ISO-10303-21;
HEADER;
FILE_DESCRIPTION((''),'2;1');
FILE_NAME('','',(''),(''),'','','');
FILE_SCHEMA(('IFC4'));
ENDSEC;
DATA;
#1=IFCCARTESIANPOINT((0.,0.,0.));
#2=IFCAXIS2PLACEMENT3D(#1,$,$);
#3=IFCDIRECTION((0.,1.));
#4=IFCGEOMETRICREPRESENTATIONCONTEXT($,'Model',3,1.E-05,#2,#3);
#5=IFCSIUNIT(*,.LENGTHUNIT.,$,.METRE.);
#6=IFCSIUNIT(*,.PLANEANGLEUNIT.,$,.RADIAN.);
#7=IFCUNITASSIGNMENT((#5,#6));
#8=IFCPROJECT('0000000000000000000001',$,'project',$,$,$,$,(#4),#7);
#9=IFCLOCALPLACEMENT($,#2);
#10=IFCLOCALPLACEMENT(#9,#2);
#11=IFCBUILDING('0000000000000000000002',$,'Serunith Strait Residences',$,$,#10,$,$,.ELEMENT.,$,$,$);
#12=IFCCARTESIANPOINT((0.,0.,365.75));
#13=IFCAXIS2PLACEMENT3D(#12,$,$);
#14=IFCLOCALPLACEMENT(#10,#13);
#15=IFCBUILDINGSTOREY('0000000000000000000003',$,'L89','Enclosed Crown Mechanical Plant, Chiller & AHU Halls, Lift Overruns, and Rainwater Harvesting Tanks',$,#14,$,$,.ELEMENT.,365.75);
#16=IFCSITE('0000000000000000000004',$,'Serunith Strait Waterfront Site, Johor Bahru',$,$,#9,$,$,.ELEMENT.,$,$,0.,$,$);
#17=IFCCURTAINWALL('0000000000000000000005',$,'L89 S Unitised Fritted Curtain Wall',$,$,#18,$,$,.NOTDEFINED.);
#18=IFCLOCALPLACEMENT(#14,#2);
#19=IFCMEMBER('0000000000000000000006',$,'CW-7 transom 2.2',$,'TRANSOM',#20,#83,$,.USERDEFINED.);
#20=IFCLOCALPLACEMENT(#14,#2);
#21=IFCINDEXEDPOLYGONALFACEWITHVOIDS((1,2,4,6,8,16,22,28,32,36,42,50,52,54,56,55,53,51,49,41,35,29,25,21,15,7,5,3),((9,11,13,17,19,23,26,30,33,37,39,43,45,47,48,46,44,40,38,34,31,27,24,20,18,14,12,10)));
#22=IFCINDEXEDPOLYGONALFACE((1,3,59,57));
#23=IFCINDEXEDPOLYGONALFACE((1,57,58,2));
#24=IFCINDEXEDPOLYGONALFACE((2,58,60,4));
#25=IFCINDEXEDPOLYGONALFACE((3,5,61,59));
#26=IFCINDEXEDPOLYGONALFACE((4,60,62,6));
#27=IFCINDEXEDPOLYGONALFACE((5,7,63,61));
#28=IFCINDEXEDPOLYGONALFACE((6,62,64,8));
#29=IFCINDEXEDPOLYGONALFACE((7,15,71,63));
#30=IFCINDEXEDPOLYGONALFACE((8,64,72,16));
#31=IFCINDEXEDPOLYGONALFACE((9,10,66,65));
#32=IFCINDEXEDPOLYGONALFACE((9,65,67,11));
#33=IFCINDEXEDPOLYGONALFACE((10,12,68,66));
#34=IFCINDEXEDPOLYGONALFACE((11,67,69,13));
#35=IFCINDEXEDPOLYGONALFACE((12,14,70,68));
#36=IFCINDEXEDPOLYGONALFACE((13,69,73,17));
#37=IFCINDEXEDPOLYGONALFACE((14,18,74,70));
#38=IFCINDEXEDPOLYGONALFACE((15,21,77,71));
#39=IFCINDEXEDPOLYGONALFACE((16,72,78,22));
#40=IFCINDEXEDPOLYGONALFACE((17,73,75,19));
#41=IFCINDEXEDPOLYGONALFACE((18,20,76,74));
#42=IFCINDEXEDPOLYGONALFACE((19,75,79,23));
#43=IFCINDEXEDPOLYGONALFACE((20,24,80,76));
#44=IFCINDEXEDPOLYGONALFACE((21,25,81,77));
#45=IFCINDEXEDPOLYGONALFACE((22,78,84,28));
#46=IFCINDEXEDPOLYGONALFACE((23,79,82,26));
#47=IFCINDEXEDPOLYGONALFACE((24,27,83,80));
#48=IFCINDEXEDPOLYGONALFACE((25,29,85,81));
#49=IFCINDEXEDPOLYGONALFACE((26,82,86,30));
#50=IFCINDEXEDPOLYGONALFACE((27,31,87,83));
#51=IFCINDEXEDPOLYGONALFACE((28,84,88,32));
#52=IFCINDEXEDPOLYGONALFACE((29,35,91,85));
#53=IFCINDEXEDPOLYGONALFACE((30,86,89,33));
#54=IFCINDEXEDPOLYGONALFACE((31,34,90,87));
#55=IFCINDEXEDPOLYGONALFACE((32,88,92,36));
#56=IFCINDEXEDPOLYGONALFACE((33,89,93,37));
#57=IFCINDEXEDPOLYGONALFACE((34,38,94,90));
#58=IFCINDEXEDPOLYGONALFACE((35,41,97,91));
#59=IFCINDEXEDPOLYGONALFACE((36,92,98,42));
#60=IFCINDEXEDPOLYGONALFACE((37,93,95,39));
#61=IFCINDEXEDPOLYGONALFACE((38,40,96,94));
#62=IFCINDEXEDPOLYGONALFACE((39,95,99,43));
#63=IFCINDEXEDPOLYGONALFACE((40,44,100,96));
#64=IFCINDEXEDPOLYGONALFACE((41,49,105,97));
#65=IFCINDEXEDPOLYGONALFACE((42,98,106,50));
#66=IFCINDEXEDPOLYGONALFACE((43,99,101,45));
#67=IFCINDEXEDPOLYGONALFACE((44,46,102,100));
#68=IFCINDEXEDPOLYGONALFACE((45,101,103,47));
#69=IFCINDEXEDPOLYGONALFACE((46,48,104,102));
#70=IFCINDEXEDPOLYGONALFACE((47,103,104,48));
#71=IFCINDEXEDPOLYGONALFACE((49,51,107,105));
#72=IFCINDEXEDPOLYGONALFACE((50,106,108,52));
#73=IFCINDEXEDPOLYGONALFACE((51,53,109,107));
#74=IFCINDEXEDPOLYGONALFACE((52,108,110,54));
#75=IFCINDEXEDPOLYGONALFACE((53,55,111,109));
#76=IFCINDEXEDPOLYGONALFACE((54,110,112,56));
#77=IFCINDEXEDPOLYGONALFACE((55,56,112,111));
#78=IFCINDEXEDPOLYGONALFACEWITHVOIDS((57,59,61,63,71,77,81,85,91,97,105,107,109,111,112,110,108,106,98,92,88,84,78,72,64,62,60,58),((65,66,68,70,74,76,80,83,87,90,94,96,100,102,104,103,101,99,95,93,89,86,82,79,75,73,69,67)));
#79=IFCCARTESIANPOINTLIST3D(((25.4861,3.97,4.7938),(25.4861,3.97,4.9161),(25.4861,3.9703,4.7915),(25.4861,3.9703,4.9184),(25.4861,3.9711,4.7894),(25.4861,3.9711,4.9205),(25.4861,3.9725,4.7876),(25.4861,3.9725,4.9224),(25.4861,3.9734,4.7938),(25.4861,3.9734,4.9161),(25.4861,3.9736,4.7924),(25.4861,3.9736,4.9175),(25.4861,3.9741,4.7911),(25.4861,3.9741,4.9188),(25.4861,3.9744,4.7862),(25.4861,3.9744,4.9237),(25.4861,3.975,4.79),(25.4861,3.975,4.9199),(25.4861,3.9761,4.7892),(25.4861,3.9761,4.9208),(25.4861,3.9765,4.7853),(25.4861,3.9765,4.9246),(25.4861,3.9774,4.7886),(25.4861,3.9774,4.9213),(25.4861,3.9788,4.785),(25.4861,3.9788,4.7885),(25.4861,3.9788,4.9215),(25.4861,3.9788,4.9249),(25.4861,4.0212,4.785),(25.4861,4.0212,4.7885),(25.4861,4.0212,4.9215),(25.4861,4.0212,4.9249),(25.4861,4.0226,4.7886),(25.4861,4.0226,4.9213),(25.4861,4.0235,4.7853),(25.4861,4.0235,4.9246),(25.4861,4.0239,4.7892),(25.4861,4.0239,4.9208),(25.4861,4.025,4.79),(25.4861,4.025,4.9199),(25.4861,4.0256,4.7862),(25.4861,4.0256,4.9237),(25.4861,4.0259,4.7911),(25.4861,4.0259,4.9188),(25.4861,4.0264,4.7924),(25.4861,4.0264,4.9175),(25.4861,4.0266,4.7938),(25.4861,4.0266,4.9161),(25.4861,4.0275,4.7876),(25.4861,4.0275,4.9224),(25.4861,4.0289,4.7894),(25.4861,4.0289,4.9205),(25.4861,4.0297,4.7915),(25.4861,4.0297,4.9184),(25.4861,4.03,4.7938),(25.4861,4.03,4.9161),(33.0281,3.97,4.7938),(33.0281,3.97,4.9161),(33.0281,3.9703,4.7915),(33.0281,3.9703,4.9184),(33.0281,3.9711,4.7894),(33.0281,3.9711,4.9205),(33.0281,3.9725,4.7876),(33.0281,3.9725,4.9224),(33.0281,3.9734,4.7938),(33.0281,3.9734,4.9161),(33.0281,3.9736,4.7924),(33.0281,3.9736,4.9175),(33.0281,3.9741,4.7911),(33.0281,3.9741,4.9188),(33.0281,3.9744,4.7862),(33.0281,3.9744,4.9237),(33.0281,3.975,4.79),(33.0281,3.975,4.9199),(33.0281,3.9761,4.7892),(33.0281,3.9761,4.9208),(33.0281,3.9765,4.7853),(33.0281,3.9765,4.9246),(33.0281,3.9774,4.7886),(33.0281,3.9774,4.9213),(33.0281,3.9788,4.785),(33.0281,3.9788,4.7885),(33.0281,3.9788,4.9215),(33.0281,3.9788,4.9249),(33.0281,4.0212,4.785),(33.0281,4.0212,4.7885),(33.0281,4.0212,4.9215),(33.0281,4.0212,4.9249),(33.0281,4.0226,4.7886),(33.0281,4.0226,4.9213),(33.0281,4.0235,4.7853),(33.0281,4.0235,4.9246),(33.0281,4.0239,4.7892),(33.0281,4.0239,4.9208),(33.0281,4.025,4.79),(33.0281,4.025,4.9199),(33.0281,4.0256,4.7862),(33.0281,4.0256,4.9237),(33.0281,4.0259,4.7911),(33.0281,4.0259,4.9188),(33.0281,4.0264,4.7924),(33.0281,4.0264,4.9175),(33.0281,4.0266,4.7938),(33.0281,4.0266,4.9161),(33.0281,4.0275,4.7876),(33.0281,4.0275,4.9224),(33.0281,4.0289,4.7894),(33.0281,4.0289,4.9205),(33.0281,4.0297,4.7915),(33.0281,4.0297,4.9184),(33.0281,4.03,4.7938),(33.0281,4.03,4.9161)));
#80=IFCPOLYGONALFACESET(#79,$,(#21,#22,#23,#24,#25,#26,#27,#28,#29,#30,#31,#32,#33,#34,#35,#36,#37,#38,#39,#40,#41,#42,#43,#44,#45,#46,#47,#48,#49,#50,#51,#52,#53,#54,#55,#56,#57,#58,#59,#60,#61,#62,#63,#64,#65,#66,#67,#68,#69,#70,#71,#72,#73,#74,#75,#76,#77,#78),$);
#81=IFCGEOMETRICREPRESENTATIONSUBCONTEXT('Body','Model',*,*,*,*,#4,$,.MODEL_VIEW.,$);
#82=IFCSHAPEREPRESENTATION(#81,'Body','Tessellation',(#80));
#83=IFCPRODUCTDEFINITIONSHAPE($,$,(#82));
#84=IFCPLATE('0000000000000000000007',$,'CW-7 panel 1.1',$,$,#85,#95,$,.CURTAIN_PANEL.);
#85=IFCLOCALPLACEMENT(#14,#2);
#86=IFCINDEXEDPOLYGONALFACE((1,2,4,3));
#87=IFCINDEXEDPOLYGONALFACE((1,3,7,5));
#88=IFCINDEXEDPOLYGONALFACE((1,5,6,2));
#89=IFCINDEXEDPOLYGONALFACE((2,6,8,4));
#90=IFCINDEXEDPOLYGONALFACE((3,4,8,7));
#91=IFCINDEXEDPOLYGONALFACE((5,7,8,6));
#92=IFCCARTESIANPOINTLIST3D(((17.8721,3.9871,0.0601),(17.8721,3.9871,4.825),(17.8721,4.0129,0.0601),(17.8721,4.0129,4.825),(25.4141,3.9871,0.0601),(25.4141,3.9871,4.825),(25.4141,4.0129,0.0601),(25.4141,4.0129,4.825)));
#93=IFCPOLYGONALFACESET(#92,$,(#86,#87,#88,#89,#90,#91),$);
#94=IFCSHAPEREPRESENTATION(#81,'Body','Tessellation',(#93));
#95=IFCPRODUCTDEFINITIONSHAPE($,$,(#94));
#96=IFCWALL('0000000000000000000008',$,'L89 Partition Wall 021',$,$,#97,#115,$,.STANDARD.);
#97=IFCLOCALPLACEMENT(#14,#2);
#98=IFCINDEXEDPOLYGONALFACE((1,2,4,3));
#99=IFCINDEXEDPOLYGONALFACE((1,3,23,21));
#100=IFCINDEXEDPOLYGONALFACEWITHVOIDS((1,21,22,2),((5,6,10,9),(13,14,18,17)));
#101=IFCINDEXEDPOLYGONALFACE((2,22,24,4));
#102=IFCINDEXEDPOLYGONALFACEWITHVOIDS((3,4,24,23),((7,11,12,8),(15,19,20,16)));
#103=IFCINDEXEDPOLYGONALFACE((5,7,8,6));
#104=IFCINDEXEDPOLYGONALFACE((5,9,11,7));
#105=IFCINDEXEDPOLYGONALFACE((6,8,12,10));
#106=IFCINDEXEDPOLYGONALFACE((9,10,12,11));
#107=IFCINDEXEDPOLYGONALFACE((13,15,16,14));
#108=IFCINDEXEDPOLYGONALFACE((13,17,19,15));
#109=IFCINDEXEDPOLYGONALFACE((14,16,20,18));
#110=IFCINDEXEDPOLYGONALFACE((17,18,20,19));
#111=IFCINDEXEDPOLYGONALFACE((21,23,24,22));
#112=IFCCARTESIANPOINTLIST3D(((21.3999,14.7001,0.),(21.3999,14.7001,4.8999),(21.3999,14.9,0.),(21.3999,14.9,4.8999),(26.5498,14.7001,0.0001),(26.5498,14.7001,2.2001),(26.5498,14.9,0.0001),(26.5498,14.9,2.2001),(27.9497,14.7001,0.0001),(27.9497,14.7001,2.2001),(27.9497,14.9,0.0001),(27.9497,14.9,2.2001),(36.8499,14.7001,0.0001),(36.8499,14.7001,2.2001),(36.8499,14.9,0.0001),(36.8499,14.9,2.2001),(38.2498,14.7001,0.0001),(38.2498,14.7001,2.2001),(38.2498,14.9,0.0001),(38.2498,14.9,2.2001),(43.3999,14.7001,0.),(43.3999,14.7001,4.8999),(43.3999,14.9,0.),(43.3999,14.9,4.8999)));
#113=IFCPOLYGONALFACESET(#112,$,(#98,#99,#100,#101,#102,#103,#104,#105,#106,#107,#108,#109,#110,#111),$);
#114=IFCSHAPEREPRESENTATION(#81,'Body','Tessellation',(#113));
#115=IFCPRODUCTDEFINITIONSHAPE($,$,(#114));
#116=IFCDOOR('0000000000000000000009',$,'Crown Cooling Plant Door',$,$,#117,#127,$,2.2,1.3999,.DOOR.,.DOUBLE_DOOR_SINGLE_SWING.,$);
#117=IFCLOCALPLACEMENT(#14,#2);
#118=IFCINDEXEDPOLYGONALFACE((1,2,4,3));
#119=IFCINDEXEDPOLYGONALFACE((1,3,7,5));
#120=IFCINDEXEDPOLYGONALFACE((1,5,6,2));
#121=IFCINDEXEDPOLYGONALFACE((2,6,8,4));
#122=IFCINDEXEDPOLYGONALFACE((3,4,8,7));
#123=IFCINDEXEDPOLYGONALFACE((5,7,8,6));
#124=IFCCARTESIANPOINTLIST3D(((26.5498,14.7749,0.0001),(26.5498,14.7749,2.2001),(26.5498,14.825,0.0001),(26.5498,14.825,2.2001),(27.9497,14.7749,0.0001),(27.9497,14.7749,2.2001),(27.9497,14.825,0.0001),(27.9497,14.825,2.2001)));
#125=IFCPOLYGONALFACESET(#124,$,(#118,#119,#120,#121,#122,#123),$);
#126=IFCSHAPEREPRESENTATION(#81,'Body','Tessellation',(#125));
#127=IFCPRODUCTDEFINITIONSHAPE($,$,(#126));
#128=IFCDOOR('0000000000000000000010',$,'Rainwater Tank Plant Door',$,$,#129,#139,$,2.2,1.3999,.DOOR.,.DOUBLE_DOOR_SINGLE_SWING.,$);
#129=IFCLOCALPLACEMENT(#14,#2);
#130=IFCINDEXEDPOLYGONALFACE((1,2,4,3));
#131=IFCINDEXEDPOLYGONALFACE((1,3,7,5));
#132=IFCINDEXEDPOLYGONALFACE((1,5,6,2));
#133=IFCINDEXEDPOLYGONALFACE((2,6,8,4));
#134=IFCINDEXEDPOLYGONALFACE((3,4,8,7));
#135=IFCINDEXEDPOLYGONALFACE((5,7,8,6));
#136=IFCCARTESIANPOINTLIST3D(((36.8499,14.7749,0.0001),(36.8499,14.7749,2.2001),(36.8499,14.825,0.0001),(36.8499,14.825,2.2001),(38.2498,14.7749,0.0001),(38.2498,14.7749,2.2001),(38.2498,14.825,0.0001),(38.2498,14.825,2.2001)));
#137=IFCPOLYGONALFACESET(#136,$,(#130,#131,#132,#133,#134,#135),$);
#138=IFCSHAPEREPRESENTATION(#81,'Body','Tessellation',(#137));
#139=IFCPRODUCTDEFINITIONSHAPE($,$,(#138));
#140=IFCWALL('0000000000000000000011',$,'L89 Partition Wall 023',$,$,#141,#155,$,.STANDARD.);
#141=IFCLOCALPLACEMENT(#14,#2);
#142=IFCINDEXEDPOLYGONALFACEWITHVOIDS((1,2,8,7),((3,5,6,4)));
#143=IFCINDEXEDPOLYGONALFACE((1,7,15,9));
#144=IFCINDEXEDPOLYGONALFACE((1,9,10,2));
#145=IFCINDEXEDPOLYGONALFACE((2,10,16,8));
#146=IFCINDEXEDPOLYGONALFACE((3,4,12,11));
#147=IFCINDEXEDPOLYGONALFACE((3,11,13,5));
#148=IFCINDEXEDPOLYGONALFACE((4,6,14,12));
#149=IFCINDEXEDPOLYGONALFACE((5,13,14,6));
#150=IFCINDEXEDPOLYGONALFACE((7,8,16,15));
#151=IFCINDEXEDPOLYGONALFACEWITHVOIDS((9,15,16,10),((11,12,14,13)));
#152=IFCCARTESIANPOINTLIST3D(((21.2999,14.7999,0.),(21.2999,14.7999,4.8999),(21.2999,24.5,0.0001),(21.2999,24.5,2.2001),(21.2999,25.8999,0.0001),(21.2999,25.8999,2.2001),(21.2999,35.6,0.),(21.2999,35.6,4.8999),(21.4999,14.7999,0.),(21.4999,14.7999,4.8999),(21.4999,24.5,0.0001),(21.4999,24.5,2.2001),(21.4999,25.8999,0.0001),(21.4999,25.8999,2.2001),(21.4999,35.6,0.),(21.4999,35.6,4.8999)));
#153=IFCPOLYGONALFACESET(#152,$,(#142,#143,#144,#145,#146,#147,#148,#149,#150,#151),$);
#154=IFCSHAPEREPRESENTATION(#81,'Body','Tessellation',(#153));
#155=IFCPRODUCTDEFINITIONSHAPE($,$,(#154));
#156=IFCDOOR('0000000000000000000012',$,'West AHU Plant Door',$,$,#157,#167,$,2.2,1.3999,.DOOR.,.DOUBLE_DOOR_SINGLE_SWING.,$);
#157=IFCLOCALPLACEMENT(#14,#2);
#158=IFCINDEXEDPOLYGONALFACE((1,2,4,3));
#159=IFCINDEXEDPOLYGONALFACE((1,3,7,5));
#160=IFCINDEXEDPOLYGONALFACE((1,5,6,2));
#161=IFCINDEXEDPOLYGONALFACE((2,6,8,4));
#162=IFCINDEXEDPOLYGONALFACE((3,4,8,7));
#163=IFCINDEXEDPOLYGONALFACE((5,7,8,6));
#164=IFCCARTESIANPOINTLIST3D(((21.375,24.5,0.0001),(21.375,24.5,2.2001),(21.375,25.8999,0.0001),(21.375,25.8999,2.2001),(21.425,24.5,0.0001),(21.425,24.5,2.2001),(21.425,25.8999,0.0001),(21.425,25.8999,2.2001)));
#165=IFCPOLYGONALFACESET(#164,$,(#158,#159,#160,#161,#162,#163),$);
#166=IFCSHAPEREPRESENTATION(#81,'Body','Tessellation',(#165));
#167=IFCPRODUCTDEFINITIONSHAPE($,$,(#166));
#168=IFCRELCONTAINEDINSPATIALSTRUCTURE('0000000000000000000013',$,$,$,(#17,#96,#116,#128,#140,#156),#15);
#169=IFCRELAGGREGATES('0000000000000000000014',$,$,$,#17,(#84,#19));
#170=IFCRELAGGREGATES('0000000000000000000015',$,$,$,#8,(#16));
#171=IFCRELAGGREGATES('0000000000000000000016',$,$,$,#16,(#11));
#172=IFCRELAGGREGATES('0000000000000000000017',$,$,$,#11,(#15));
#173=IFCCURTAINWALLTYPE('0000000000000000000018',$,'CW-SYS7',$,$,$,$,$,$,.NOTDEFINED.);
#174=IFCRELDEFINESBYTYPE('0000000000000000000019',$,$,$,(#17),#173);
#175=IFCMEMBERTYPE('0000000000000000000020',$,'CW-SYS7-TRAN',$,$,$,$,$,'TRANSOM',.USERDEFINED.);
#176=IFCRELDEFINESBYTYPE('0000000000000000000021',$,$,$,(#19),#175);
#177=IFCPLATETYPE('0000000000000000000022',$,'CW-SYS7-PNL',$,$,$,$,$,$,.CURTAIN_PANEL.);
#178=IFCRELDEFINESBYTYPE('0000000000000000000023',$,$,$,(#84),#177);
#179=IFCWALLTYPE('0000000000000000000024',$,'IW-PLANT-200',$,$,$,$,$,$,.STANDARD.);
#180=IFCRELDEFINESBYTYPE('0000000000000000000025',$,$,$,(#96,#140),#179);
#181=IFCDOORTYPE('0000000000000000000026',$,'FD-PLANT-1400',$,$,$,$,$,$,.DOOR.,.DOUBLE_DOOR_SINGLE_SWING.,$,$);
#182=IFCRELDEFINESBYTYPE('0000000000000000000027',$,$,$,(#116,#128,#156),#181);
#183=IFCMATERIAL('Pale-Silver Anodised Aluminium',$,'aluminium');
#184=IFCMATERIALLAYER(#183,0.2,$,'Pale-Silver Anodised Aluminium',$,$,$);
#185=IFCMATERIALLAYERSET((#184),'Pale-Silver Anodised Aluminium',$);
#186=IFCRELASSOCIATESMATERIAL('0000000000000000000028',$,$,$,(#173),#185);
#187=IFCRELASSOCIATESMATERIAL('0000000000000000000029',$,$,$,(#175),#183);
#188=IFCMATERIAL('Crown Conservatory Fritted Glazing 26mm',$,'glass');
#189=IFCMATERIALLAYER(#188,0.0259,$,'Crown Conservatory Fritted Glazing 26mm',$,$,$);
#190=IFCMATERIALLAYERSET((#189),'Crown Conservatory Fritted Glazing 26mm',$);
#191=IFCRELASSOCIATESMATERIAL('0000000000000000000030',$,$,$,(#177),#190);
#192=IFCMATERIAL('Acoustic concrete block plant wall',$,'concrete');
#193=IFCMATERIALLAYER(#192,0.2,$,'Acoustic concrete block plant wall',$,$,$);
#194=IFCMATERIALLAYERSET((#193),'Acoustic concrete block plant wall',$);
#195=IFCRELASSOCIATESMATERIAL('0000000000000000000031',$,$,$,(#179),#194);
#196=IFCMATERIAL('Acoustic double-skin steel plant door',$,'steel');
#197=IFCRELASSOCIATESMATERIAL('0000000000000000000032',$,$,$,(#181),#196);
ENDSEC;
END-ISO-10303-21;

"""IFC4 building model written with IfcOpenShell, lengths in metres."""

from ifc_helpers import new_model, si_unit, direction, frame, frame_2d, origin, origin_2d, place, context, subcontext, project, spatial, rectangle, hollow_rectangle, extrude, source, transform, mapped, material, layer, layer_set, material_profile, profile_set, type_object, element, fill, aggregate, save


model = new_model("IFC4")

# Units and contexts
model_context = context("Model", 3, precision=1e-05, world=origin(), true_north=direction((0.0, 1.0)))
body_context = subcontext(model_context, "Body", "Model", "MODEL_VIEW")
ifc_project = project(units=[si_unit("LENGTHUNIT", "METRE"), si_unit("PLANEANGLEUNIT", "RADIAN")], contexts=[model_context])

# Site, building, storey
site_placement = place(None, origin())
site = spatial("IfcSite", under=ifc_project, at=site_placement, Name="Serunith Strait Waterfront Site, Johor Bahru", CompositionType="ELEMENT", RefElevation=0.0)
building_placement = place(site_placement, origin())
building = spatial("IfcBuilding", under=site, at=building_placement, Name="Serunith Strait Residences", CompositionType="ELEMENT")
storey_placement = place(building_placement, frame((0.0, 0.0, 365.75)))
storey = spatial("IfcBuildingStorey", under=building, at=storey_placement, Name="L89", Description="Enclosed Crown Mechanical Plant, Chiller & AHU Halls, Lift Overruns, and Rainwater Harvesting Tanks", CompositionType="ELEMENT", Elevation=365.75)

# Curtain wall, member, plate
ifc_material_1 = material(Name="Pale-Silver Anodised Aluminium", Category="aluminium")
ifc_layer_1 = layer(ifc_material_1, 0.2, Name="Pale-Silver Anodised Aluminium")
ifc_layer_set_1 = layer_set([ifc_layer_1], Name="Pale-Silver Anodised Aluminium")
curtain_wall_type = type_object("IfcCurtainWallType", Name="CW-SYS7", PredefinedType="NOTDEFINED", material=ifc_layer_set_1)
curtain_wall_placement = place(storey_placement, origin())
curtain_wall = element("IfcCurtainWall", 1, at=curtain_wall_placement, inside=storey, type_object=curtain_wall_type, Name="L89 S Unitised Fritted Curtain Wall", PredefinedType="NOTDEFINED")
ifc_material_profile_1 = material_profile(ifc_material_1, hollow_rectangle(XDim=0.0601, YDim=0.1399, WallThickness=0.0034, InnerFilletRadius=0.0054, OuterFilletRadius=0.0088, at=origin_2d()), Name="ALU 140x60x3.5")
ifc_profile_set_1 = profile_set([ifc_material_profile_1], Name="Pale-Silver Anodised Aluminium")
member_type_1 = type_object("IfcMemberType", Name="CW-SYS7-TRAN", ElementType="TRANSOM", PredefinedType="USERDEFINED", material=ifc_profile_set_1)
shared_shape_1 = source(origin(), body_context, "Body", "SweptSolid", [
    extrude(hollow_rectangle(XDim=0.0601, YDim=0.1399, WallThickness=0.0034, InnerFilletRadius=0.0054, OuterFilletRadius=0.0088, at=origin_2d()), origin(), (0.0, 0.0, 1.0), 7.542),
])
member_1_placement = place(storey_placement, frame((25.4861, 4.0, 4.855), z_axis=(1.0, 0.0, 0.0), x_axis=(0.0, 1.0, 0.0)))
member_1 = element("IfcMember", 2, at=member_1_placement, type_object=member_type_1, Name="CW-7 transom 2.2", ObjectType="TRANSOM", PredefinedType="USERDEFINED", context=body_context, shape_type="MappedRepresentation", body=[
    mapped(shared_shape_1, transform((0.0, 0.0, 0.0), scale=1.0)),
])
ifc_material_2 = material(Name="Crown Conservatory Fritted Glazing 26mm", Category="glass")
ifc_layer_2 = layer(ifc_material_2, 0.0259, Name="Crown Conservatory Fritted Glazing 26mm")
ifc_layer_set_2 = layer_set([ifc_layer_2], Name="Crown Conservatory Fritted Glazing 26mm")
plate_type = type_object("IfcPlateType", Name="CW-SYS7-PNL", PredefinedType="CURTAIN_PANEL", material=ifc_layer_set_2)
shared_shape_2 = source(origin(), body_context, "Body", "SweptSolid", [
    extrude(rectangle(XDim=7.542, YDim=0.0259, at=origin_2d()), origin(), (0.0, 0.0, 1.0), 4.7649),
])
plate_placement = place(storey_placement, frame((21.6431, 4.0, 0.0601), z_axis=(0.0, 0.0, 1.0), x_axis=(1.0, 0.0, 0.0)))
plate = element("IfcPlate", 3, at=plate_placement, type_object=plate_type, Name="CW-7 panel 1.1", PredefinedType="CURTAIN_PANEL", context=body_context, shape_type="MappedRepresentation", body=[
    mapped(shared_shape_2, transform((0.0, 0.0, 0.0), scale=1.0)),
])
aggregate(curtain_wall, [plate, member_1])

# Wall, openings, doors
ifc_material_3 = material(Name="Acoustic concrete block plant wall", Category="concrete")
ifc_layer_3 = layer(ifc_material_3, 0.2, Name="Acoustic concrete block plant wall")
ifc_layer_set_3 = layer_set([ifc_layer_3], Name="Acoustic concrete block plant wall")
wall_type = type_object("IfcWallType", Name="IW-PLANT-200", PredefinedType="STANDARD", material=ifc_layer_set_3)
wall_1_placement = place(storey_placement, frame((21.3999, 14.8, 0.0), z_axis=(0.0, 0.0, 1.0), x_axis=(1.0, 0.0, 0.0)))
wall_1 = element("IfcWall", 4, at=wall_1_placement, inside=storey, type_object=wall_type, Name="L89 Partition Wall 021", PredefinedType="STANDARD", context=body_context, shape_type="SweptSolid", body=[
    extrude(rectangle(XDim=22.0, YDim=0.2, at=frame_2d((11.0, 0.0))), origin(), (0.0, 0.0, 1.0), 4.8999),
])
opening_1_placement = place(wall_1_placement, frame((5.1499, 0.0, 0.0)))
opening_1 = element("IfcOpeningElement", 5, at=opening_1_placement, cuts=wall_1, PredefinedType="OPENING", context=body_context, shape_type="SweptSolid", body=[
    extrude(rectangle(XDim=1.3999, YDim=2.2, at=frame_2d((0.7, 1.1001))), frame((0.0, 0.1099, 0.0), z_axis=(0.0, -1.0, 0.0), x_axis=(1.0, 0.0, 0.0)), (0.0, 0.0, 1.0), 0.22),
])
opening_2_placement = place(wall_1_placement, frame((15.45, 0.0, 0.0)))
opening_2 = element("IfcOpeningElement", 6, at=opening_2_placement, cuts=wall_1, PredefinedType="OPENING", context=body_context, shape_type="SweptSolid", body=[
    extrude(rectangle(XDim=1.3999, YDim=2.2, at=frame_2d((0.7, 1.1001))), frame((0.0, 0.1099, 0.0), z_axis=(0.0, -1.0, 0.0), x_axis=(1.0, 0.0, 0.0)), (0.0, 0.0, 1.0), 0.22),
])
ifc_material_4 = material(Name="Acoustic double-skin steel plant door", Category="steel")
door_type = type_object("IfcDoorType", Name="FD-PLANT-1400", OperationType="DOUBLE_DOOR_SINGLE_SWING", PredefinedType="DOOR", material=ifc_material_4)
shared_shape_3 = source(origin(), body_context, "Body", "SweptSolid", [
    extrude(rectangle(XDim=1.3999, YDim=2.2, at=frame_2d((0.7, 1.1001))), frame((0.0, 0.0249, 0.0), z_axis=(0.0, -1.0, 0.0), x_axis=(1.0, 0.0, 0.0)), (0.0, 0.0, 1.0), 0.05),
])
door_1_placement = place(opening_1_placement, origin())
door_1 = element("IfcDoor", 7, at=door_1_placement, inside=storey, type_object=door_type, Name="Crown Cooling Plant Door", OperationType="DOUBLE_DOOR_SINGLE_SWING", OverallHeight=2.2, OverallWidth=1.3999, PredefinedType="DOOR", context=body_context, shape_type="MappedRepresentation", body=[
    mapped(shared_shape_3, transform((0.0, 0.0, 0.0), scale=1.0)),
])
fill(opening_1, door_1)
door_2_placement = place(opening_2_placement, origin())
door_2 = element("IfcDoor", 8, at=door_2_placement, inside=storey, type_object=door_type, Name="Rainwater Tank Plant Door", OperationType="DOUBLE_DOOR_SINGLE_SWING", OverallHeight=2.2, OverallWidth=1.3999, PredefinedType="DOOR", context=body_context, shape_type="MappedRepresentation", body=[
    mapped(shared_shape_3, transform((0.0, 0.0, 0.0), scale=1.0)),
])
fill(opening_2, door_2)

# Wall, opening, door
wall_2_placement = place(storey_placement, frame((21.3999, 14.8, 0.0), z_axis=(0.0, 0.0, 1.0), x_axis=(0.0, 1.0, 0.0)))
wall_2 = element("IfcWall", 9, at=wall_2_placement, inside=storey, type_object=wall_type, Name="L89 Partition Wall 023", PredefinedType="STANDARD", context=body_context, shape_type="SweptSolid", body=[
    extrude(rectangle(XDim=20.8, YDim=0.2, at=frame_2d((10.3999, 0.0))), origin(), (0.0, 0.0, 1.0), 4.8999),
])
opening_3_placement = place(wall_2_placement, frame((9.7, 0.0, 0.0)))
opening_3 = element("IfcOpeningElement", 10, at=opening_3_placement, cuts=wall_2, PredefinedType="OPENING", context=body_context, shape_type="SweptSolid", body=[
    extrude(rectangle(XDim=1.3999, YDim=2.2, at=frame_2d((0.7, 1.1001))), frame((0.0, 0.1099, 0.0), z_axis=(0.0, -1.0, 0.0), x_axis=(1.0, 0.0, 0.0)), (0.0, 0.0, 1.0), 0.22),
])
door_3_placement = place(opening_3_placement, origin())
door_3 = element("IfcDoor", 11, at=door_3_placement, inside=storey, type_object=door_type, Name="West AHU Plant Door", OperationType="DOUBLE_DOOR_SINGLE_SWING", OverallHeight=2.2, OverallWidth=1.3999, PredefinedType="DOOR", context=body_context, shape_type="MappedRepresentation", body=[
    mapped(shared_shape_3, transform((0.0, 0.0, 0.0), scale=1.0)),
])
fill(opening_3, door_3)

save(model, "model.ifc")
